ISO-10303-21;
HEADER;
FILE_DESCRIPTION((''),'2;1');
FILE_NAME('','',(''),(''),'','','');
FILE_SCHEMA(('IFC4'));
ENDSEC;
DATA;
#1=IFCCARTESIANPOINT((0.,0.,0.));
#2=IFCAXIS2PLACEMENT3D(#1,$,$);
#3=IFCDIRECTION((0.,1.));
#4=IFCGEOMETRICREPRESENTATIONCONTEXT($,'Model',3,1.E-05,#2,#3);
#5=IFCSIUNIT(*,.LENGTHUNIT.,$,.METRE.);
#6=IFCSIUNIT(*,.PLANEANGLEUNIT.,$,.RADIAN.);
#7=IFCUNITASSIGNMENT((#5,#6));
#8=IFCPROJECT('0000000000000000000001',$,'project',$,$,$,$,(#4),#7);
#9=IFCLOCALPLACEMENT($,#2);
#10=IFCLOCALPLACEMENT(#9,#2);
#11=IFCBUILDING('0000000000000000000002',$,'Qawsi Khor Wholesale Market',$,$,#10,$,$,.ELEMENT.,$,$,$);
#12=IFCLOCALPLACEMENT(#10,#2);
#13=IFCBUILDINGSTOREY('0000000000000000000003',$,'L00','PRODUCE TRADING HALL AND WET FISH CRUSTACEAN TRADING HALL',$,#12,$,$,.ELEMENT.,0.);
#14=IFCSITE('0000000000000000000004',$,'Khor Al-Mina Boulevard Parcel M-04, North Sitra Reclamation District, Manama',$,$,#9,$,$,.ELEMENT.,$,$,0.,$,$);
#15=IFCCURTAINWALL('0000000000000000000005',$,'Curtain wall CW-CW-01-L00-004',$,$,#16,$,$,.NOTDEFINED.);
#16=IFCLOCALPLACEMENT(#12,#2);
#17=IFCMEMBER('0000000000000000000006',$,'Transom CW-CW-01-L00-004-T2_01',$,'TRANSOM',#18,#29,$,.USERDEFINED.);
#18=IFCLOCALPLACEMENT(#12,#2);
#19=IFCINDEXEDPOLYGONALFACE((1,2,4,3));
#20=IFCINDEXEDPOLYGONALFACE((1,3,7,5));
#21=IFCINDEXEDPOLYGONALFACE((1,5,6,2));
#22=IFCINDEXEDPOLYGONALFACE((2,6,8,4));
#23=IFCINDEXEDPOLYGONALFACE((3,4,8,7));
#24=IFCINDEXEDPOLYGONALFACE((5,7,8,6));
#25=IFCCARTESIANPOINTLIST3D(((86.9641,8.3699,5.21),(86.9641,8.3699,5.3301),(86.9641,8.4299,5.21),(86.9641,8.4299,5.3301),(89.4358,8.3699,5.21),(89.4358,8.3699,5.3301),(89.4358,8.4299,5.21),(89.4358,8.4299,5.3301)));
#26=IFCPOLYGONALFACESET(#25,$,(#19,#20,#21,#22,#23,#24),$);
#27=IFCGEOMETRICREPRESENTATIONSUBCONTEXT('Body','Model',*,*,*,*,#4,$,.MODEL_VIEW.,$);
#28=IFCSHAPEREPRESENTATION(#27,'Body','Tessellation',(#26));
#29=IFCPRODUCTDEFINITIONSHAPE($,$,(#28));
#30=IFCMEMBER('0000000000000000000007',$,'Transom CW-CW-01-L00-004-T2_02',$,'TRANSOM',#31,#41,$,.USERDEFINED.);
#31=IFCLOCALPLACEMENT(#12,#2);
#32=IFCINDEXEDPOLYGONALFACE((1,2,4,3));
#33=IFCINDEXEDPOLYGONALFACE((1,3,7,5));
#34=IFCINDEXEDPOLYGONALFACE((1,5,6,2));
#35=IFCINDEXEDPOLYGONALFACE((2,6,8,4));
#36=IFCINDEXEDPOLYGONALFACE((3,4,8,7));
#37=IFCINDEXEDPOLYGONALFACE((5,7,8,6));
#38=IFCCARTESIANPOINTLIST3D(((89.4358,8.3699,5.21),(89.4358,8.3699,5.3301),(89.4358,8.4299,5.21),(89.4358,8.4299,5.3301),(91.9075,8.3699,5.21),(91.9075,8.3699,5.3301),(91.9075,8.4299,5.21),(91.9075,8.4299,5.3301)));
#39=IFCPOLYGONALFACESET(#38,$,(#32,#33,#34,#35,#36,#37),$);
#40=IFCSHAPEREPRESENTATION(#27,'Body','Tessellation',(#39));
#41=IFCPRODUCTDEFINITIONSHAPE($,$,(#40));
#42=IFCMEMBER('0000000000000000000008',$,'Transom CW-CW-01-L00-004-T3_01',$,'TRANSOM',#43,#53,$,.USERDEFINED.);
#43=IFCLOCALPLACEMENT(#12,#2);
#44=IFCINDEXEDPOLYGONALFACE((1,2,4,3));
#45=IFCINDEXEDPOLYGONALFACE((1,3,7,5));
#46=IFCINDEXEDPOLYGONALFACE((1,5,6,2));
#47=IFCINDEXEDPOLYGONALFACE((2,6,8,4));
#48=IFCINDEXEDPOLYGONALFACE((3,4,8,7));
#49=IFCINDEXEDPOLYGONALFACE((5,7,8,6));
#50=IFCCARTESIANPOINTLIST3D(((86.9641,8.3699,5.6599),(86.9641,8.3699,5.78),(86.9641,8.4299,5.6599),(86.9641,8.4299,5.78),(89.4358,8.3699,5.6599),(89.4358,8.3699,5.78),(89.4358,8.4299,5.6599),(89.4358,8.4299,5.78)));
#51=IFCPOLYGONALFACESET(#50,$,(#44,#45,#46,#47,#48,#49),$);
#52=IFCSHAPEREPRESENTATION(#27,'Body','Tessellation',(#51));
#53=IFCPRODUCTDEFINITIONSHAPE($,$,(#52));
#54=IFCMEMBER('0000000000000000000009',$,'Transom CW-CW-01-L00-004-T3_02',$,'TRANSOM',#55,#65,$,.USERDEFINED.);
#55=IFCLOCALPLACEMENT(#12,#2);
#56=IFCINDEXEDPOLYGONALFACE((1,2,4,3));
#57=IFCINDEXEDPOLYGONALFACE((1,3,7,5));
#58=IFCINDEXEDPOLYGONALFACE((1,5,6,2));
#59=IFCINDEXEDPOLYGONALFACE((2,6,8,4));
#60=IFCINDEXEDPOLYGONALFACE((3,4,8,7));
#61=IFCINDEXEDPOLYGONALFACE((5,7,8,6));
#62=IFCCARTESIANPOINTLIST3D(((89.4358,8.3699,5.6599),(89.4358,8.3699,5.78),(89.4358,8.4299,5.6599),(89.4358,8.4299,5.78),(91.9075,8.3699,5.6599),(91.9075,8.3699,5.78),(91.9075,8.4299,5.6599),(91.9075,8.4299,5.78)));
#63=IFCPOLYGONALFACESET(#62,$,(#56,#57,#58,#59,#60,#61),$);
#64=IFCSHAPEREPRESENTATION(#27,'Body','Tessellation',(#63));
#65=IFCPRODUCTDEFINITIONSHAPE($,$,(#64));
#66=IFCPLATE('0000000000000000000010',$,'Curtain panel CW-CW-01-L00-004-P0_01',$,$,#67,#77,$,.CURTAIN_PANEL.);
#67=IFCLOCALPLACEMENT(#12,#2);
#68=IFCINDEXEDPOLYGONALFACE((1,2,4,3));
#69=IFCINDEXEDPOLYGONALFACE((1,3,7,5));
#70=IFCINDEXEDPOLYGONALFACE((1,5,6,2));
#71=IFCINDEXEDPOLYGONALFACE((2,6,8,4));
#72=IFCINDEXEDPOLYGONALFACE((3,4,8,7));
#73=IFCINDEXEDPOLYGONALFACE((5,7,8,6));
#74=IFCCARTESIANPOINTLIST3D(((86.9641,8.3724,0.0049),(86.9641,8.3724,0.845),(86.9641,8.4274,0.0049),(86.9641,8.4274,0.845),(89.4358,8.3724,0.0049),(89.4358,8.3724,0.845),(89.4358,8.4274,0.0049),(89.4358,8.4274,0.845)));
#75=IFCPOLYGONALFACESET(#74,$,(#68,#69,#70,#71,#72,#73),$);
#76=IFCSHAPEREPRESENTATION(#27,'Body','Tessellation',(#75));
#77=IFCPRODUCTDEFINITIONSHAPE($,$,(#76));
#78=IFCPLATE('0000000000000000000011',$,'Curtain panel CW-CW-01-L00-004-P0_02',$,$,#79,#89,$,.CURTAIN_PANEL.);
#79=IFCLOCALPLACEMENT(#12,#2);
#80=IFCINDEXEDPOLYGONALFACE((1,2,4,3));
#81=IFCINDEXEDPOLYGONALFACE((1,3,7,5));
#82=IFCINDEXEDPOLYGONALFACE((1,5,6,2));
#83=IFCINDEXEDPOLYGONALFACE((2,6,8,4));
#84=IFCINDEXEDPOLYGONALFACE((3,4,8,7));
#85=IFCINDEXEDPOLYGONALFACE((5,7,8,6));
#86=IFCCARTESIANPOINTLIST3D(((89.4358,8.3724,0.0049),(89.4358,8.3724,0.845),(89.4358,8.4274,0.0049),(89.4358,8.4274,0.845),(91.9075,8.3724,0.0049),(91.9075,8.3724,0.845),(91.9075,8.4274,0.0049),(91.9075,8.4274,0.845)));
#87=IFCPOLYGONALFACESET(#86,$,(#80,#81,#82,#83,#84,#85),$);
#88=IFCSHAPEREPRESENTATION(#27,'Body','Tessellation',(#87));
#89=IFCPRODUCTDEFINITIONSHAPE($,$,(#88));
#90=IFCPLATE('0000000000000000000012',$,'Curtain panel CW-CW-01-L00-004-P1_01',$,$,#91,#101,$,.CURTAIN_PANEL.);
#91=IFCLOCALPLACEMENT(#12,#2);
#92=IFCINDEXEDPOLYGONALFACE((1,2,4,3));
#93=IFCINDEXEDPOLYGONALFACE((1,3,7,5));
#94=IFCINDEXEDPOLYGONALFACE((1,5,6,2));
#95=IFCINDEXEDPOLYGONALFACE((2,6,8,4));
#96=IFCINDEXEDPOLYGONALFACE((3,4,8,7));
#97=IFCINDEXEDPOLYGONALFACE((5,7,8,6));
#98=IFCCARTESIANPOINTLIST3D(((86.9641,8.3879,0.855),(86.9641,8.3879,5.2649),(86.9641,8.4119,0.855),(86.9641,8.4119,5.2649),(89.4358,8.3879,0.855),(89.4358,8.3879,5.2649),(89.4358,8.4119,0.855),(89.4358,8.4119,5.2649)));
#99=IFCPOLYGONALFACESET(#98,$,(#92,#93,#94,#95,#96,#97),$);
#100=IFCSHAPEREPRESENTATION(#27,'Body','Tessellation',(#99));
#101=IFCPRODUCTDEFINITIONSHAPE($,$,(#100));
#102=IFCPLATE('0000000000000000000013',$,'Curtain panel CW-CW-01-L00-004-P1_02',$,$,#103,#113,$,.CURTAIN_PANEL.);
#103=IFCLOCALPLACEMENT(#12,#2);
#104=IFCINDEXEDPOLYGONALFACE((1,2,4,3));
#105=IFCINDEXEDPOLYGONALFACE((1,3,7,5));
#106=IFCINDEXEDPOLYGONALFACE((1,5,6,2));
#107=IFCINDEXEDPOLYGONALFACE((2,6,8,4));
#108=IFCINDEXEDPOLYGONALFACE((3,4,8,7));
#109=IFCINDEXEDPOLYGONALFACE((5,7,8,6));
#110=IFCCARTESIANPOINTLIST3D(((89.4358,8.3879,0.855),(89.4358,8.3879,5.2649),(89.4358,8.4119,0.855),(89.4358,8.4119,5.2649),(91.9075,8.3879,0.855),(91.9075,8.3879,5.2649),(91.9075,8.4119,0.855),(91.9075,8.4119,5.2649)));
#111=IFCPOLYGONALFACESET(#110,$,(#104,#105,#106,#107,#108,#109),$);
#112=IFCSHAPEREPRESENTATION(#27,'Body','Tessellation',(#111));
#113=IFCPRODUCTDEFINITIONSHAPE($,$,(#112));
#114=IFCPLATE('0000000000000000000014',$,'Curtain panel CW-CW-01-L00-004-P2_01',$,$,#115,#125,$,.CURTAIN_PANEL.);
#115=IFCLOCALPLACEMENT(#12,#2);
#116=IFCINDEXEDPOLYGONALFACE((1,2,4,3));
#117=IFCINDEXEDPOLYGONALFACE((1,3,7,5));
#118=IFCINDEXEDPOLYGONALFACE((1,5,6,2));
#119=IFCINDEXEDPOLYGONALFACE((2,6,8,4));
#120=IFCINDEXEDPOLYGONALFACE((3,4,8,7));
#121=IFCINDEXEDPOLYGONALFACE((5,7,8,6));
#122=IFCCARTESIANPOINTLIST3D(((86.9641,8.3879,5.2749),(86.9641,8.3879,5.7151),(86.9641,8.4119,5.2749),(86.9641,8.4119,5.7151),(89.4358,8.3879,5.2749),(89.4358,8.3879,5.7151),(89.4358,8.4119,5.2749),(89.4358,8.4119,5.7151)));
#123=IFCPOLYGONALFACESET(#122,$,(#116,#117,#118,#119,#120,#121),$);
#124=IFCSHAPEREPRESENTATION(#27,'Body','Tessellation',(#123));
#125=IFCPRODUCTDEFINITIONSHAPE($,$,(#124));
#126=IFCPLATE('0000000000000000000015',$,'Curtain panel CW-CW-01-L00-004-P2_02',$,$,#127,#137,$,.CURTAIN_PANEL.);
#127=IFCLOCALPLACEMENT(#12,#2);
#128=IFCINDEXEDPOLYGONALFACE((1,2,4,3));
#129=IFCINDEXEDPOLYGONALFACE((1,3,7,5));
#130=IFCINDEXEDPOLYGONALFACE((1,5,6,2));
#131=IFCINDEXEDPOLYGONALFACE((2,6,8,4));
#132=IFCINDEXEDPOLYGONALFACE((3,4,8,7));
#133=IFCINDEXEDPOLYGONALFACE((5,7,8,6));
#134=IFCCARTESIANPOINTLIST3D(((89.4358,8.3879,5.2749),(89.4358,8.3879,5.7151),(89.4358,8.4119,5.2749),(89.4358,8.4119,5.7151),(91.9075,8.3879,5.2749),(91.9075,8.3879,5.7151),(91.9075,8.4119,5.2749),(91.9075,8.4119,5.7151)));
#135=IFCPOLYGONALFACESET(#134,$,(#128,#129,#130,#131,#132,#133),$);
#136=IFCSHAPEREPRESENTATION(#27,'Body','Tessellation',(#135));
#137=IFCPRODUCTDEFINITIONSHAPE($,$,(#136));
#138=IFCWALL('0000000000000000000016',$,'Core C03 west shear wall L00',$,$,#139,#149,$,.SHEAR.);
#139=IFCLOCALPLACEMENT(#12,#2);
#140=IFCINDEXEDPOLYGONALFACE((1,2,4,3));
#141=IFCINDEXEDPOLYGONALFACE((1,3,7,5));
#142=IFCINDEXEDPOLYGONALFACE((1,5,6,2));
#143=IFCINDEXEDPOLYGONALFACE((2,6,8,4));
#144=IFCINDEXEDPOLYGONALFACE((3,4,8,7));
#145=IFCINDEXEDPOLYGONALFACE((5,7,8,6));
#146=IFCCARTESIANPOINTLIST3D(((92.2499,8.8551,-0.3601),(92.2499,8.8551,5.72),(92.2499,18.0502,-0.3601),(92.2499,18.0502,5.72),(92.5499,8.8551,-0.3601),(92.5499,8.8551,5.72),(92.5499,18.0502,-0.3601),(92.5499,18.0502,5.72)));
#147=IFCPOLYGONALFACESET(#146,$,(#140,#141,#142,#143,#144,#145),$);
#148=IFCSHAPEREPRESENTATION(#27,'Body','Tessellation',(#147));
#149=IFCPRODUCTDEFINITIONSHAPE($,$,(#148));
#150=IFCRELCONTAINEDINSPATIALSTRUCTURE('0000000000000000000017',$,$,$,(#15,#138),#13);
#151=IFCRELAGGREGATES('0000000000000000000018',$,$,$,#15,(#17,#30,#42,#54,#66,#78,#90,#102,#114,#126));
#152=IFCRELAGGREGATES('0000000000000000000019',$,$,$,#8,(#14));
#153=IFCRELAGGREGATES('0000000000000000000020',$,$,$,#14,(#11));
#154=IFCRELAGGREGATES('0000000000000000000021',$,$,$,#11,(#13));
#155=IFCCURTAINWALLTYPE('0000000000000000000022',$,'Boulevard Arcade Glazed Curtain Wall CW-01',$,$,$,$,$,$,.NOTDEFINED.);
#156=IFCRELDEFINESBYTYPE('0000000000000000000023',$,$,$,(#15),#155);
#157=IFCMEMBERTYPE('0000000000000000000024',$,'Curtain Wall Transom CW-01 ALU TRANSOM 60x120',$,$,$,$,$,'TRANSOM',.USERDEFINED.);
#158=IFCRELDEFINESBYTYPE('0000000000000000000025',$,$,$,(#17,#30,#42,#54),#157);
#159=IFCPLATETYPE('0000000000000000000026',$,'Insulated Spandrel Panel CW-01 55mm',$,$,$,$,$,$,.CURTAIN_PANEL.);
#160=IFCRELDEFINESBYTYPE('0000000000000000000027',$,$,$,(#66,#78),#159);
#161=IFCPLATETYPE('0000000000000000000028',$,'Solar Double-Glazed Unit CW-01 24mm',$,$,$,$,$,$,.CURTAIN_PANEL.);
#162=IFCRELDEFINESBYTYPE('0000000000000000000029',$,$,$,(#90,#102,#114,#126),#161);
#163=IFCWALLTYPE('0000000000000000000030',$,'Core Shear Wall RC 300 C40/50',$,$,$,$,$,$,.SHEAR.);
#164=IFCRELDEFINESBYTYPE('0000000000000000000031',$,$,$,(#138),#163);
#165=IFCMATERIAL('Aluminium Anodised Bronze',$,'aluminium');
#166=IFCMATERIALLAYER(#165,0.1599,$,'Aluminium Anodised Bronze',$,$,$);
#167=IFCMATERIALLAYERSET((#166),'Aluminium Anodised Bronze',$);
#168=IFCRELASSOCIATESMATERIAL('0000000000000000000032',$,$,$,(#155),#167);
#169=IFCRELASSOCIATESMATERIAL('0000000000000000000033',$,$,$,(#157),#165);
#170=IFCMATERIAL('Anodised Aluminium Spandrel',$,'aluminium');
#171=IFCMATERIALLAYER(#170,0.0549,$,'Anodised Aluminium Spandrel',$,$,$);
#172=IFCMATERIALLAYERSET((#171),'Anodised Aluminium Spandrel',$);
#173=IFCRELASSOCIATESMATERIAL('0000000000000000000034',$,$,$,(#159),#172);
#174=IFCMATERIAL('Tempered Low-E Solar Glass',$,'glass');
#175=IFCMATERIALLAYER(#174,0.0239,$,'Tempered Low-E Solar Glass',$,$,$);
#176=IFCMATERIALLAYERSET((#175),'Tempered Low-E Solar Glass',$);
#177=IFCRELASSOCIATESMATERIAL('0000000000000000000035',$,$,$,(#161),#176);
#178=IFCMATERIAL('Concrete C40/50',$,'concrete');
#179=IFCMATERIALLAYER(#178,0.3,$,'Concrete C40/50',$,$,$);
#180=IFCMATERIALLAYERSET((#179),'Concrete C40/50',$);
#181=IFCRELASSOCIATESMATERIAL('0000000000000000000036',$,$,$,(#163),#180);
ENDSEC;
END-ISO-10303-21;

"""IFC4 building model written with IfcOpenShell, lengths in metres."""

from ifc_helpers import new_model, si_unit, direction, frame, frame_2d, origin, origin_2d, place, context, subcontext, project, spatial, rectangle, extrude, material, layer, layer_set, material_profile, profile_set, type_object, element, aggregate, save


model = new_model("IFC4")

# Units and contexts
model_context = context("Model", 3, precision=1e-05, world=origin(), true_north=direction((0.0, 1.0)))
body_context = subcontext(model_context, "Body", "Model", "MODEL_VIEW")
ifc_project = project(units=[si_unit("LENGTHUNIT", "METRE"), si_unit("PLANEANGLEUNIT", "RADIAN")], contexts=[model_context])

# Site, building, storey
site_placement = place(None, origin())
site = spatial("IfcSite", under=ifc_project, at=site_placement, Name="Khor Al-Mina Boulevard Parcel M-04, North Sitra Reclamation District, Manama", CompositionType="ELEMENT", RefElevation=0.0)
building_placement = place(site_placement, origin())
building = spatial("IfcBuilding", under=site, at=building_placement, Name="Qawsi Khor Wholesale Market", CompositionType="ELEMENT")
storey_placement = place(building_placement, origin())
storey = spatial("IfcBuildingStorey", under=building, at=storey_placement, Name="L00", Description="PRODUCE TRADING HALL AND WET FISH CRUSTACEAN TRADING HALL", CompositionType="ELEMENT", Elevation=0.0)

# Shared definitions
ifc_material_1 = material(Name="Concrete C40/50", Category="concrete")

# Curtain wall, members, plates
ifc_material_2 = material(Name="Aluminium Anodised Bronze", Category="aluminium")
ifc_layer_1 = layer(ifc_material_2, 0.1599, Name="Aluminium Anodised Bronze")
ifc_layer_set_1 = layer_set([ifc_layer_1], Name="Aluminium Anodised Bronze")
curtain_wall_type = type_object("IfcCurtainWallType", Name="Boulevard Arcade Glazed Curtain Wall CW-01", PredefinedType="NOTDEFINED", material=ifc_layer_set_1)
curtain_wall_placement = place(storey_placement, origin())
curtain_wall = element("IfcCurtainWall", 1, at=curtain_wall_placement, inside=storey, type_object=curtain_wall_type, Name="Curtain wall CW-CW-01-L00-004", PredefinedType="NOTDEFINED")
ifc_material_profile_1 = material_profile(ifc_material_2, rectangle(XDim=0.0601, YDim=0.1201, at=origin_2d()), Name="ALU TRANSOM 60x120")
ifc_profile_set_1 = profile_set([ifc_material_profile_1], Name="Aluminium Anodised Bronze")
member_type_1 = type_object("IfcMemberType", Name="Curtain Wall Transom CW-01 ALU TRANSOM 60x120", ElementType="TRANSOM", PredefinedType="USERDEFINED", material=ifc_profile_set_1)
member_1_placement = place(storey_placement, frame((86.9641, 8.3999, 5.27), z_axis=(1.0, 0.0, 0.0), x_axis=(0.0, 1.0, 0.0)))
member_1 = element("IfcMember", 2, at=member_1_placement, type_object=member_type_1, Name="Transom CW-CW-01-L00-004-T2_01", ObjectType="TRANSOM", PredefinedType="USERDEFINED", context=body_context, shape_type="SweptSolid", body=[
    extrude(rectangle(XDim=0.0601, YDim=0.1201, at=origin_2d()), origin(), (0.0, 0.0, 1.0), 2.4717),
])
member_2_placement = place(storey_placement, frame((89.4358, 8.3999, 5.27), z_axis=(1.0, 0.0, 0.0), x_axis=(0.0, 1.0, 0.0)))
member_2 = element("IfcMember", 3, at=member_2_placement, type_object=member_type_1, Name="Transom CW-CW-01-L00-004-T2_02", ObjectType="TRANSOM", PredefinedType="USERDEFINED", context=body_context, shape_type="SweptSolid", body=[
    extrude(rectangle(XDim=0.0601, YDim=0.1201, at=origin_2d()), origin(), (0.0, 0.0, 1.0), 2.4717),
])
member_3_placement = place(storey_placement, frame((86.9641, 8.3999, 5.72), z_axis=(1.0, 0.0, 0.0), x_axis=(0.0, 1.0, 0.0)))
member_3 = element("IfcMember", 4, at=member_3_placement, type_object=member_type_1, Name="Transom CW-CW-01-L00-004-T3_01", ObjectType="TRANSOM", PredefinedType="USERDEFINED", context=body_context, shape_type="SweptSolid", body=[
    extrude(rectangle(XDim=0.0601, YDim=0.1201, at=origin_2d()), origin(), (0.0, 0.0, 1.0), 2.4717),
])
member_4_placement = place(storey_placement, frame((89.4358, 8.3999, 5.72), z_axis=(1.0, 0.0, 0.0), x_axis=(0.0, 1.0, 0.0)))
member_4 = element("IfcMember", 5, at=member_4_placement, type_object=member_type_1, Name="Transom CW-CW-01-L00-004-T3_02", ObjectType="TRANSOM", PredefinedType="USERDEFINED", context=body_context, shape_type="SweptSolid", body=[
    extrude(rectangle(XDim=0.0601, YDim=0.1201, at=origin_2d()), origin(), (0.0, 0.0, 1.0), 2.4717),
])
ifc_material_3 = material(Name="Anodised Aluminium Spandrel", Category="aluminium")
ifc_layer_2 = layer(ifc_material_3, 0.0549, Name="Anodised Aluminium Spandrel")
ifc_layer_set_2 = layer_set([ifc_layer_2], Name="Anodised Aluminium Spandrel")
plate_type_1 = type_object("IfcPlateType", Name="Insulated Spandrel Panel CW-01 55mm", PredefinedType="CURTAIN_PANEL", material=ifc_layer_set_2)
plate_1_placement = place(storey_placement, frame((86.9641, 8.3999, 0.0049), z_axis=(0.0, 0.0, 1.0), x_axis=(1.0, 0.0, 0.0)))
plate_1 = element("IfcPlate", 6, at=plate_1_placement, type_object=plate_type_1, Name="Curtain panel CW-CW-01-L00-004-P0_01", PredefinedType="CURTAIN_PANEL", context=body_context, shape_type="SweptSolid", body=[
    extrude(rectangle(XDim=2.4717, YDim=0.0549, at=frame_2d((1.2358, 0.0))), origin(), (0.0, 0.0, 1.0), 0.8401),
])
plate_2_placement = place(storey_placement, frame((89.4358, 8.3999, 0.0049), z_axis=(0.0, 0.0, 1.0), x_axis=(1.0, 0.0, 0.0)))
plate_2 = element("IfcPlate", 7, at=plate_2_placement, type_object=plate_type_1, Name="Curtain panel CW-CW-01-L00-004-P0_02", PredefinedType="CURTAIN_PANEL", context=body_context, shape_type="SweptSolid", body=[
    extrude(rectangle(XDim=2.4717, YDim=0.0549, at=frame_2d((1.2358, 0.0))), origin(), (0.0, 0.0, 1.0), 0.8401),
])
ifc_material_4 = material(Name="Tempered Low-E Solar Glass", Category="glass")
ifc_layer_3 = layer(ifc_material_4, 0.0239, Name="Tempered Low-E Solar Glass")
ifc_layer_set_3 = layer_set([ifc_layer_3], Name="Tempered Low-E Solar Glass")
plate_type_2 = type_object("IfcPlateType", Name="Solar Double-Glazed Unit CW-01 24mm", PredefinedType="CURTAIN_PANEL", material=ifc_layer_set_3)
plate_3_placement = place(storey_placement, frame((86.9641, 8.3999, 0.855), z_axis=(0.0, 0.0, 1.0), x_axis=(1.0, 0.0, 0.0)))
plate_3 = element("IfcPlate", 8, at=plate_3_placement, type_object=plate_type_2, Name="Curtain panel CW-CW-01-L00-004-P1_01", PredefinedType="CURTAIN_PANEL", context=body_context, shape_type="SweptSolid", body=[
    extrude(rectangle(XDim=2.4717, YDim=0.0239, at=frame_2d((1.2358, 0.0))), origin(), (0.0, 0.0, 1.0), 4.4099),
])
plate_4_placement = place(storey_placement, frame((89.4358, 8.3999, 0.855), z_axis=(0.0, 0.0, 1.0), x_axis=(1.0, 0.0, 0.0)))
plate_4 = element("IfcPlate", 9, at=plate_4_placement, type_object=plate_type_2, Name="Curtain panel CW-CW-01-L00-004-P1_02", PredefinedType="CURTAIN_PANEL", context=body_context, shape_type="SweptSolid", body=[
    extrude(rectangle(XDim=2.4717, YDim=0.0239, at=frame_2d((1.2358, 0.0))), origin(), (0.0, 0.0, 1.0), 4.4099),
])
plate_5_placement = place(storey_placement, frame((86.9641, 8.3999, 5.2749), z_axis=(0.0, 0.0, 1.0), x_axis=(1.0, 0.0, 0.0)))
plate_5 = element("IfcPlate", 10, at=plate_5_placement, type_object=plate_type_2, Name="Curtain panel CW-CW-01-L00-004-P2_01", PredefinedType="CURTAIN_PANEL", context=body_context, shape_type="SweptSolid", body=[
    extrude(rectangle(XDim=2.4717, YDim=0.0239, at=frame_2d((1.2358, 0.0))), origin(), (0.0, 0.0, 1.0), 0.4402),
])
plate_6_placement = place(storey_placement, frame((89.4358, 8.3999, 5.2749), z_axis=(0.0, 0.0, 1.0), x_axis=(1.0, 0.0, 0.0)))
plate_6 = element("IfcPlate", 11, at=plate_6_placement, type_object=plate_type_2, Name="Curtain panel CW-CW-01-L00-004-P2_02", PredefinedType="CURTAIN_PANEL", context=body_context, shape_type="SweptSolid", body=[
    extrude(rectangle(XDim=2.4717, YDim=0.0239, at=frame_2d((1.2358, 0.0))), origin(), (0.0, 0.0, 1.0), 0.4402),
])
aggregate(curtain_wall, [member_1, member_2, member_3, member_4, plate_1, plate_2, plate_3, plate_4, plate_5, plate_6])

# Wall
ifc_layer_4 = layer(ifc_material_1, 0.3, Name="Concrete C40/50")
ifc_layer_set_4 = layer_set([ifc_layer_4], Name="Concrete C40/50")
wall_type = type_object("IfcWallType", Name="Core Shear Wall RC 300 C40/50", PredefinedType="SHEAR", material=ifc_layer_set_4)
wall_placement = place(storey_placement, frame((92.3999, 8.855, -0.3601), z_axis=(0.0, 0.0, 1.0), x_axis=(0.0, 1.0, 0.0)))
element("IfcWall", 12, at=wall_placement, inside=storey, type_object=wall_type, Name="Core C03 west shear wall L00", PredefinedType="SHEAR", context=body_context, shape_type="SweptSolid", body=[
    extrude(rectangle(XDim=9.1951, YDim=0.3, at=frame_2d((4.5977, 0.0))), origin(), (0.0, 0.0, 1.0), 6.0801),
])

save(model, "model.ifc")
